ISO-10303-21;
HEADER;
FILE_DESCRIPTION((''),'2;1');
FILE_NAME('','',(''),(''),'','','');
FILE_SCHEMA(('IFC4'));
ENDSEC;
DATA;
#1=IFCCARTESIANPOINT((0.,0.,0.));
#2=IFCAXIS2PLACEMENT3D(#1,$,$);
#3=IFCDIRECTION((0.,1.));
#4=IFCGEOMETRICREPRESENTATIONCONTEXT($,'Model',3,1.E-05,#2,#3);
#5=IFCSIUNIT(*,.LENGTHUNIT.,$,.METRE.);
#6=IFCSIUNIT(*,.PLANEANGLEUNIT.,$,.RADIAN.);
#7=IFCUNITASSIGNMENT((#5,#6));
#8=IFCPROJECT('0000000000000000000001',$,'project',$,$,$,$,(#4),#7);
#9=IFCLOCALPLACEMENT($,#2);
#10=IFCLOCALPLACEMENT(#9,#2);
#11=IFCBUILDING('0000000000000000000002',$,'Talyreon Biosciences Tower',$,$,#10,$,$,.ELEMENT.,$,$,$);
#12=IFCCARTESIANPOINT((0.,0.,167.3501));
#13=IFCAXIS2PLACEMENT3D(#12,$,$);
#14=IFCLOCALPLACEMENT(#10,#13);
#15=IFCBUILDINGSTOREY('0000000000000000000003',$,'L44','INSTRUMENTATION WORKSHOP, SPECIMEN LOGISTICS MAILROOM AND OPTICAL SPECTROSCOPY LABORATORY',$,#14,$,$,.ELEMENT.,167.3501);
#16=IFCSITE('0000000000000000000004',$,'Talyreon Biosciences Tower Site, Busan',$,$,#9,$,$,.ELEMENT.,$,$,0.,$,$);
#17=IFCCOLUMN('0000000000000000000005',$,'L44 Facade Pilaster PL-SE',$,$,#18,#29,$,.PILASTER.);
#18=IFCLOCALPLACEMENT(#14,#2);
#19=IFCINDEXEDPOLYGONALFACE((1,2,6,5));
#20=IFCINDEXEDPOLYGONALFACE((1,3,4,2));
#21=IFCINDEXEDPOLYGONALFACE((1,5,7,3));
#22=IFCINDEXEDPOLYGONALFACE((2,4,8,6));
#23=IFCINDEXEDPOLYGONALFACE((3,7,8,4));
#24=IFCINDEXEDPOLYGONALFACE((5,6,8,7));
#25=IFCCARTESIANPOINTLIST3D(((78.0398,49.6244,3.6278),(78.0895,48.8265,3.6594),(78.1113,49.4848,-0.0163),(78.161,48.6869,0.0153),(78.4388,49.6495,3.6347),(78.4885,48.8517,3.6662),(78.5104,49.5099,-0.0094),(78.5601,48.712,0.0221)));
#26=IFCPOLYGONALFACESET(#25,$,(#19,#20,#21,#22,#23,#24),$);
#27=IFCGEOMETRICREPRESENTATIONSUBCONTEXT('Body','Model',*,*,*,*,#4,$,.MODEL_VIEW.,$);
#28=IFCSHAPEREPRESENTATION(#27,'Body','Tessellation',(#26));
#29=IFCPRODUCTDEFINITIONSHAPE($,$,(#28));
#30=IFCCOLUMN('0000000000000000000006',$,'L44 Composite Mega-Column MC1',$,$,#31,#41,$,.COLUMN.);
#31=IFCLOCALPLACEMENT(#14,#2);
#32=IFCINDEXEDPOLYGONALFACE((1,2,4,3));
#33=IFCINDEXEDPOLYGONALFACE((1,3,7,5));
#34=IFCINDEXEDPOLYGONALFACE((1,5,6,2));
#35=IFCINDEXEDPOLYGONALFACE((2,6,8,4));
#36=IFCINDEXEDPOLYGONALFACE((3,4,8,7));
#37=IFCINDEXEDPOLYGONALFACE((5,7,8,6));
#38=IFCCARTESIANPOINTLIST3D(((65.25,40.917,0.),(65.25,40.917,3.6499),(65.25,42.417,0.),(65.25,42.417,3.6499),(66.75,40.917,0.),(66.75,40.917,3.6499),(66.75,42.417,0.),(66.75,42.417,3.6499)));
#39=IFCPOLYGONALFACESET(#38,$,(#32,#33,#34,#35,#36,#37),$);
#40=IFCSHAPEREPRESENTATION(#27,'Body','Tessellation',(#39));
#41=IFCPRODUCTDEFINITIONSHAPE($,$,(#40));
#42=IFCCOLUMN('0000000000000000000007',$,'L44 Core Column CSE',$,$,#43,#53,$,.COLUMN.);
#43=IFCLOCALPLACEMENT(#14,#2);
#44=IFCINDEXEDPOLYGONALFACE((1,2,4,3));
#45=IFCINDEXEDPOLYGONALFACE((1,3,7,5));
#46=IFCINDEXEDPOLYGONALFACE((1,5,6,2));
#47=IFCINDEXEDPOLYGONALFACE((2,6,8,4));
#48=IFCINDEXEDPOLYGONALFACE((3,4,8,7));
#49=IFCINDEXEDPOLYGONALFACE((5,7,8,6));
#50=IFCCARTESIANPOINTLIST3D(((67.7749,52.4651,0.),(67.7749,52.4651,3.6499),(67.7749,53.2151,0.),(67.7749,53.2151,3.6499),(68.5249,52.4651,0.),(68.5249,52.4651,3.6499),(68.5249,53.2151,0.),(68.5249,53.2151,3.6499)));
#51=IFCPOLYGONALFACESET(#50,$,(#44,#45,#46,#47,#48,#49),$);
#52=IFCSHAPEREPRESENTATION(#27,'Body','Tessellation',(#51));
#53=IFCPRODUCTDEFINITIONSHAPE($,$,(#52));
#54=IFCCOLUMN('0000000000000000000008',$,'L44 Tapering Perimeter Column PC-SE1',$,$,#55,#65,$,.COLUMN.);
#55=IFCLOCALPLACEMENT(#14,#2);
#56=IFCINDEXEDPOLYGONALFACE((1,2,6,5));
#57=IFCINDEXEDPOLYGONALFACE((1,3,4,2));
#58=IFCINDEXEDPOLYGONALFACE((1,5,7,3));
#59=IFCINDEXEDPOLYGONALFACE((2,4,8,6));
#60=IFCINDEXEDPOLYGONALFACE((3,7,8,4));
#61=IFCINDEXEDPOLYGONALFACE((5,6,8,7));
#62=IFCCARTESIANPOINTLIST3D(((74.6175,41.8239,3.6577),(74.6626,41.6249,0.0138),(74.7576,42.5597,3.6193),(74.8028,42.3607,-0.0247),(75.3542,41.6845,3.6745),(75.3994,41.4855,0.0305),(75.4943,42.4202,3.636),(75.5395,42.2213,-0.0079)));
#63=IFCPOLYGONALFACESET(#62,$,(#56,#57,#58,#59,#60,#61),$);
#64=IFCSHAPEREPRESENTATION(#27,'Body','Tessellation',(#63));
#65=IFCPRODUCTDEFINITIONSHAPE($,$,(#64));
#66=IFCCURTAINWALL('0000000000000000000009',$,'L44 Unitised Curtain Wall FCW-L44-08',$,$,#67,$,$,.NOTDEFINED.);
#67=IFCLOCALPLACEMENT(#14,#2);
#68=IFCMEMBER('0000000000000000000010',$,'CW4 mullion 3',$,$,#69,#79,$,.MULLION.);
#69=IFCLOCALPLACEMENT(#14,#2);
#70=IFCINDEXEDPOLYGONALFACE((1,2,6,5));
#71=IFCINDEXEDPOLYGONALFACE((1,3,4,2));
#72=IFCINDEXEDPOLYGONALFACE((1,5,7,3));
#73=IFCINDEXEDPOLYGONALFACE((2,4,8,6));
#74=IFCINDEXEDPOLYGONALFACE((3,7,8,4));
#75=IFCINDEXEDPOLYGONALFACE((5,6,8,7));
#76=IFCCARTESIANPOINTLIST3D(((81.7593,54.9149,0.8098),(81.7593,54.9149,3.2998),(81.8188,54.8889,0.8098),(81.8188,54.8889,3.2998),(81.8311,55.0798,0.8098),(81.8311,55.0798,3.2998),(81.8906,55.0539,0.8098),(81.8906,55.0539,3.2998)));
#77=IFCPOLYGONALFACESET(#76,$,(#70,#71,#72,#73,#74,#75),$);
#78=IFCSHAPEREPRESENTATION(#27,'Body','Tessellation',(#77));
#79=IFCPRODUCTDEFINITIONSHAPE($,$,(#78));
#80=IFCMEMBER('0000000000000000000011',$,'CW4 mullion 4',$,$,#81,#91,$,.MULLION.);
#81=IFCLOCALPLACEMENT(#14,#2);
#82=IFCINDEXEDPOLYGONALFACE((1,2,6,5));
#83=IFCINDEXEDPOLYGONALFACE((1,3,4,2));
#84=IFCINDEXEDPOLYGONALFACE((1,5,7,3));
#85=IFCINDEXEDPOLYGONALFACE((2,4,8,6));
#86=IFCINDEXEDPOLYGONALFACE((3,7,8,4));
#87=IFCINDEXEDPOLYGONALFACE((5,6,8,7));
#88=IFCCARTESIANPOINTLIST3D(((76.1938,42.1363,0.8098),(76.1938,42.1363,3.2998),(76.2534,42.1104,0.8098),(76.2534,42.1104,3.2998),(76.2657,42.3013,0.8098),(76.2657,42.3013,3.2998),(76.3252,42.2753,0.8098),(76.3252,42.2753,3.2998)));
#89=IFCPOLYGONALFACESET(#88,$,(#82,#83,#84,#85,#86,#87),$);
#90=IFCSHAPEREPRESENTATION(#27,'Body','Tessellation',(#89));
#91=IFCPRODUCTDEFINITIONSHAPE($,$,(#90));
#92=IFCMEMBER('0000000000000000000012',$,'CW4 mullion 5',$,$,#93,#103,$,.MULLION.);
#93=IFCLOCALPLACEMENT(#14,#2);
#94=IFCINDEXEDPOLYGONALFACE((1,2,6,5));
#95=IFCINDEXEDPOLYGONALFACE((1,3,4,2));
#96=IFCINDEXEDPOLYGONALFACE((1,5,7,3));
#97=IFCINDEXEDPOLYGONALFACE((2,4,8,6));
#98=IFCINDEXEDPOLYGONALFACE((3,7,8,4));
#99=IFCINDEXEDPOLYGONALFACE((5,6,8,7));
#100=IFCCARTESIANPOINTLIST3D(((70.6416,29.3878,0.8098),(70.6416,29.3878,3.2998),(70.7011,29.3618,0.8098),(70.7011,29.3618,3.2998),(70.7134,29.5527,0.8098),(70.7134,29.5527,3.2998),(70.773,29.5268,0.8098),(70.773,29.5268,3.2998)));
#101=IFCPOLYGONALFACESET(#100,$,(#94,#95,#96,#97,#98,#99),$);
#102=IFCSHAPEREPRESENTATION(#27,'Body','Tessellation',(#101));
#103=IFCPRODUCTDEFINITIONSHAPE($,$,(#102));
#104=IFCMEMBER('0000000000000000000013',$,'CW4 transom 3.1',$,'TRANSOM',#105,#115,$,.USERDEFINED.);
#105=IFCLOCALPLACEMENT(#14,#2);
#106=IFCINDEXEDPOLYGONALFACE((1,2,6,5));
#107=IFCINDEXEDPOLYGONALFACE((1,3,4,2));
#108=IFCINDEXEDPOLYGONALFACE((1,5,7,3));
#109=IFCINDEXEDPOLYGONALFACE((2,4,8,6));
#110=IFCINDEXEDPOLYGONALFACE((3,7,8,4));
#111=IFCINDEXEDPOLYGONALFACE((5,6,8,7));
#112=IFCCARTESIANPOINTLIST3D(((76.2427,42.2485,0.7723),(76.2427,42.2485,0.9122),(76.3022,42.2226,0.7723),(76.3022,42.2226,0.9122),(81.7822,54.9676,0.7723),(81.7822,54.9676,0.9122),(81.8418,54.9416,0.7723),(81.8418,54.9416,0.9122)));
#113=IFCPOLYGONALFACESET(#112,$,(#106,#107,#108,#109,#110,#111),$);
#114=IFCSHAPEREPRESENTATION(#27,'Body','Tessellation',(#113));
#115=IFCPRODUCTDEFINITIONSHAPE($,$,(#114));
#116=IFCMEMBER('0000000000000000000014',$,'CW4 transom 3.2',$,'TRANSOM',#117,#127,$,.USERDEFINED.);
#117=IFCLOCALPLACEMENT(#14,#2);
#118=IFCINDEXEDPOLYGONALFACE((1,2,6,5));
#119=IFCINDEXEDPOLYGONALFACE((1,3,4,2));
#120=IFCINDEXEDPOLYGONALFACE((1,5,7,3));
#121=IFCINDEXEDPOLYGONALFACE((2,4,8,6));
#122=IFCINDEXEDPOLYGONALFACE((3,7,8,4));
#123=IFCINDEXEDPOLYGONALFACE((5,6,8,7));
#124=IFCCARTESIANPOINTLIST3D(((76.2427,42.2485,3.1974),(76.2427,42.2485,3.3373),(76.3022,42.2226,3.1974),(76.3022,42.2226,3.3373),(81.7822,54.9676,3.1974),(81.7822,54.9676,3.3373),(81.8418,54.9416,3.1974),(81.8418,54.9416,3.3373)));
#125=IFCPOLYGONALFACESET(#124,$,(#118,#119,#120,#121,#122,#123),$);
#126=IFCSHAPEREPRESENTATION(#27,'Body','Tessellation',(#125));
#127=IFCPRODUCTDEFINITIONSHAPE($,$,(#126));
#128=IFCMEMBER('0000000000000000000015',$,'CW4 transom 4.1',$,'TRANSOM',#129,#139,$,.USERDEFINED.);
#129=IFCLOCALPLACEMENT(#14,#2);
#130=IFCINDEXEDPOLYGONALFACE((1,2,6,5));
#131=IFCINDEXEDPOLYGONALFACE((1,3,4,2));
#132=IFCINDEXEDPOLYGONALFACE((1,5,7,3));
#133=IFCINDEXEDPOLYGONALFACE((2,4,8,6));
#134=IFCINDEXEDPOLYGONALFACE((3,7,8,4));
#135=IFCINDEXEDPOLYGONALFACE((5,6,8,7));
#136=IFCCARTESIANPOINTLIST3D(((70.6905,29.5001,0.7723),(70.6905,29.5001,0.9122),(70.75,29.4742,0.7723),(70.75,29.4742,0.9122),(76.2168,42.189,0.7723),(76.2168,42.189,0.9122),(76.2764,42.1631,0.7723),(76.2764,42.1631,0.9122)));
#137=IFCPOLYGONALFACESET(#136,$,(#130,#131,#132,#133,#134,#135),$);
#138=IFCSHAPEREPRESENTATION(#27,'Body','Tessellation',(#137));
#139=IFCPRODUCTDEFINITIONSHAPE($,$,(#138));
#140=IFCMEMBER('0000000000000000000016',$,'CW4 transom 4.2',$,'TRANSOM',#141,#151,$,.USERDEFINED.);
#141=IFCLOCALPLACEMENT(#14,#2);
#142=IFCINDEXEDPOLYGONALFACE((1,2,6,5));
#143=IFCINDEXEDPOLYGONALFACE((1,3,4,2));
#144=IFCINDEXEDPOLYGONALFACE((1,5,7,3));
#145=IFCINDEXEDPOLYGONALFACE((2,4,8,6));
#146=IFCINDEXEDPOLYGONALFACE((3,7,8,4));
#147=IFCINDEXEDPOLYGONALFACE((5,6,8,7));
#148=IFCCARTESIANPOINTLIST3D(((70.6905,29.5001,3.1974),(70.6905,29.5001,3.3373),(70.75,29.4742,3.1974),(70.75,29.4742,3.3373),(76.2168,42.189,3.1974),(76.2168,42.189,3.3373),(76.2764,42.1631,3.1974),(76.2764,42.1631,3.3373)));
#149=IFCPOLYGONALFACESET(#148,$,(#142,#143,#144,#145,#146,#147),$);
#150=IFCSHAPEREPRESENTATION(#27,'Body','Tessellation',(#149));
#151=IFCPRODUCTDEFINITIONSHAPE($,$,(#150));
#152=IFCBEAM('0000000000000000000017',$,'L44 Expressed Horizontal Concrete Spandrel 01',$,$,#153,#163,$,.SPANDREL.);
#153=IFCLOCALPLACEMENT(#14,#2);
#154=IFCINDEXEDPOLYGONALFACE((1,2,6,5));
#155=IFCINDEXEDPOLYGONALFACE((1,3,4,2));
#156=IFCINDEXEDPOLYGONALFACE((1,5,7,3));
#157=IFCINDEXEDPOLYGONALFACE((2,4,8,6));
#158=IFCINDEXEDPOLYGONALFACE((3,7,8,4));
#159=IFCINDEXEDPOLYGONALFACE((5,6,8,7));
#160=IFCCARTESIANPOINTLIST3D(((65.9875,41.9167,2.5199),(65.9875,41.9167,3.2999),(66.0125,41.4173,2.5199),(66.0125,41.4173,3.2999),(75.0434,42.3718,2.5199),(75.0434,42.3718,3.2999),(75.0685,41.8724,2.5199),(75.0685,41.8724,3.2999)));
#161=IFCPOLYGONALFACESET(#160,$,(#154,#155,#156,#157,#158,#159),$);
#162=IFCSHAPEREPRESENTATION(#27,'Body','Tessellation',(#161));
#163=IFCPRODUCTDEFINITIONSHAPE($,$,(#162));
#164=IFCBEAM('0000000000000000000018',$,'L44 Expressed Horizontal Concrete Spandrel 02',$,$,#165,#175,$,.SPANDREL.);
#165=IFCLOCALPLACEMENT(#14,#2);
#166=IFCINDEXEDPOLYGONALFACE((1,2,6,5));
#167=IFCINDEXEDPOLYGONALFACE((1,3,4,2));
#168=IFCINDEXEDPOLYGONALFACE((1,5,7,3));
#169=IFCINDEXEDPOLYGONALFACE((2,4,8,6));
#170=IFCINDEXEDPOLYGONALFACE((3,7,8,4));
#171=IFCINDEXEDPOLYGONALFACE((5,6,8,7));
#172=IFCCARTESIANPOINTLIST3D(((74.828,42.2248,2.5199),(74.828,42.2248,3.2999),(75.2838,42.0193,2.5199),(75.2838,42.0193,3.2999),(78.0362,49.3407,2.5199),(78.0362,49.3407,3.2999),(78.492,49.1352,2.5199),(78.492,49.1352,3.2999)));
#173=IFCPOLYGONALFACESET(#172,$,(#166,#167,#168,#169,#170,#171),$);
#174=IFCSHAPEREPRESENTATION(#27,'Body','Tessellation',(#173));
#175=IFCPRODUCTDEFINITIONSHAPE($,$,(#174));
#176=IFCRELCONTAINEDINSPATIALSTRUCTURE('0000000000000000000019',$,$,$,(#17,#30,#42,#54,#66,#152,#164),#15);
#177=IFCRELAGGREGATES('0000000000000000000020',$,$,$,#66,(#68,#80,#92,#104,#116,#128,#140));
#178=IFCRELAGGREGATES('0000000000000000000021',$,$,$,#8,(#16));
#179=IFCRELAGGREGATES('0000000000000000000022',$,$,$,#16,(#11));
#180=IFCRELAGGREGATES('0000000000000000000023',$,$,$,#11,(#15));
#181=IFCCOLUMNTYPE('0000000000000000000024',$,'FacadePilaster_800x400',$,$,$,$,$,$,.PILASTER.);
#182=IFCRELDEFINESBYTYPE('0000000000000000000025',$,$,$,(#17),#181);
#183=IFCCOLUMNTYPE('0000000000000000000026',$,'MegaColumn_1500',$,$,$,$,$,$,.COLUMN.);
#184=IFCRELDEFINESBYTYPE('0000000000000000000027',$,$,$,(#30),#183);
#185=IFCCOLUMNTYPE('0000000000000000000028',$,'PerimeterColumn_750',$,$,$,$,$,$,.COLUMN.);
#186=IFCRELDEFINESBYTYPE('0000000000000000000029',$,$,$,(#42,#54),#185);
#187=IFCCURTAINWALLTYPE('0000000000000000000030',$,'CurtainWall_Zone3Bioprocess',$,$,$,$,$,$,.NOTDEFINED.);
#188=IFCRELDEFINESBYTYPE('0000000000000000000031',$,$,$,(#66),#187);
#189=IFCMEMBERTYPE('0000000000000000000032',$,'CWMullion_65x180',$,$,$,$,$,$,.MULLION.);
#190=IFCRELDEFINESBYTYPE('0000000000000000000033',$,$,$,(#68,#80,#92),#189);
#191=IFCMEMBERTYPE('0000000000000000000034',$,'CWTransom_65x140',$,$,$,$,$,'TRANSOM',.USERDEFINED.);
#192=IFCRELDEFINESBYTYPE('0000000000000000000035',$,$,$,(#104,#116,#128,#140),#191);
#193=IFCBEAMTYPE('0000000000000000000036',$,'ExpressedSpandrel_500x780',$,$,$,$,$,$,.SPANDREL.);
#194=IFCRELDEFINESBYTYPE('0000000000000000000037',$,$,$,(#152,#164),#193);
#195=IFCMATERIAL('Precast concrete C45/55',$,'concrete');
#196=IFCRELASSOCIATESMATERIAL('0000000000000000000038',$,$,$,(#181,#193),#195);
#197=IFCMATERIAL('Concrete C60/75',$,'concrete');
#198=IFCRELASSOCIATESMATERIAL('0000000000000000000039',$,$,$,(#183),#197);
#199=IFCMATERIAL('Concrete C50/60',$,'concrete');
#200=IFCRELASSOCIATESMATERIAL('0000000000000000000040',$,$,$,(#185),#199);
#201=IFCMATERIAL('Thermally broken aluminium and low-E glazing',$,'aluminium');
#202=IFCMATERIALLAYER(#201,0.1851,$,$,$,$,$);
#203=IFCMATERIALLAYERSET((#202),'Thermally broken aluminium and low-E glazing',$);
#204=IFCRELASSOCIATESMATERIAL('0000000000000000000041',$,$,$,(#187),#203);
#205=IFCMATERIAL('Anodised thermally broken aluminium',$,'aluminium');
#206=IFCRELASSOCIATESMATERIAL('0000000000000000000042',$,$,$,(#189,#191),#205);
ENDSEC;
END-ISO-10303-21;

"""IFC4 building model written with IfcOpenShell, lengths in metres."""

from ifc_helpers import new_model, si_unit, direction, frame, origin, origin_2d, place, context, subcontext, project, spatial, rectangle, extrude, material, layer, layer_set, material_profile, profile_set, type_object, element, aggregate, save


model = new_model("IFC4")

# Units and contexts
model_context = context("Model", 3, precision=1e-05, world=origin(), true_north=direction((0.0, 1.0)))
body_context = subcontext(model_context, "Body", "Model", "MODEL_VIEW")
ifc_project = project(units=[si_unit("LENGTHUNIT", "METRE"), si_unit("PLANEANGLEUNIT", "RADIAN")], contexts=[model_context])

# Site, building, storey
site_placement = place(None, origin())
site = spatial("IfcSite", under=ifc_project, at=site_placement, Name="Talyreon Biosciences Tower Site, Busan", CompositionType="ELEMENT", RefElevation=0.0)
building_placement = place(site_placement, origin())
building = spatial("IfcBuilding", under=site, at=building_placement, Name="Talyreon Biosciences Tower", CompositionType="ELEMENT")
storey_placement = place(building_placement, frame((0.0, 0.0, 167.3501)))
storey = spatial("IfcBuildingStorey", under=building, at=storey_placement, Name="L44", Description="INSTRUMENTATION WORKSHOP, SPECIMEN LOGISTICS MAILROOM AND OPTICAL SPECTROSCOPY LABORATORY", CompositionType="ELEMENT", Elevation=167.3501)

# Columns
ifc_material_1 = material(Name="Precast concrete C45/55", Category="concrete")
ifc_material_profile_1 = material_profile(ifc_material_1, rectangle(XDim=0.8, YDim=0.3999, at=origin_2d()), Name="RC 800x400")
ifc_profile_set_1 = profile_set([ifc_material_profile_1], Name="Precast concrete C45/55")
column_type_1 = type_object("IfcColumnType", Name="FacadePilaster_800x400", PredefinedType="PILASTER", material=ifc_profile_set_1)
column_1_placement = place(storey_placement, frame((78.3357, 49.0984, 0.0029), z_axis=(-0.019612, 0.038287, 0.999074), x_axis=(0.062129, -0.997289, 0.039438)))
element("IfcColumn", 1, at=column_1_placement, inside=storey, type_object=column_type_1, Name="L44 Facade Pilaster PL-SE", PredefinedType="PILASTER", context=body_context, shape_type="SweptSolid", body=[
    extrude(rectangle(XDim=0.8, YDim=0.3999, at=origin_2d()), origin(), (0.0, 0.0, 1.0), 3.6475),
])
ifc_material_2 = material(Name="Concrete C60/75", Category="concrete")
ifc_material_profile_2 = material_profile(ifc_material_2, rectangle(XDim=1.5, YDim=1.5, at=origin_2d()), Name="RC 1500x1500")
ifc_profile_set_2 = profile_set([ifc_material_profile_2], Name="Concrete C60/75")
column_type_2 = type_object("IfcColumnType", Name="MegaColumn_1500", PredefinedType="COLUMN", material=ifc_profile_set_2)
column_2_placement = place(storey_placement, frame((66.0, 41.667, 0.0), z_axis=(0.0, 0.0, 1.0), x_axis=(1.0, 0.0, 0.0)))
element("IfcColumn", 2, at=column_2_placement, inside=storey, type_object=column_type_2, Name="L44 Composite Mega-Column MC1", PredefinedType="COLUMN", context=body_context, shape_type="SweptSolid", body=[
    extrude(rectangle(XDim=1.5, YDim=1.5, at=origin_2d()), origin(), (0.0, 0.0, 1.0), 3.6499),
])
ifc_material_3 = material(Name="Concrete C50/60", Category="concrete")
ifc_material_profile_3 = material_profile(ifc_material_3, rectangle(XDim=0.75, YDim=0.75, at=origin_2d()), Name="RC 750x750")
ifc_profile_set_3 = profile_set([ifc_material_profile_3], Name="Concrete C50/60")
column_type_3 = type_object("IfcColumnType", Name="PerimeterColumn_750", PredefinedType="COLUMN", material=ifc_profile_set_3)
column_3_placement = place(storey_placement, frame((68.1499, 52.8401, 0.0), z_axis=(0.0, 0.0, 1.0), x_axis=(1.0, 0.0, 0.0)))
element("IfcColumn", 3, at=column_3_placement, inside=storey, type_object=column_type_3, Name="L44 Core Column CSE", PredefinedType="COLUMN", context=body_context, shape_type="SweptSolid", body=[
    extrude(rectangle(XDim=0.75, YDim=0.75, at=origin_2d()), origin(), (0.0, 0.0, 1.0), 3.6499),
])
column_4_placement = place(storey_placement, frame((75.1011, 41.9231, 0.0029), z_axis=(-0.012375, 0.054517, 0.998436), x_axis=(-0.18684, -0.981052, 0.051252)))
element("IfcColumn", 4, at=column_4_placement, inside=storey, type_object=column_type_3, Name="L44 Tapering Perimeter Column PC-SE1", PredefinedType="COLUMN", context=body_context, shape_type="SweptSolid", body=[
    extrude(rectangle(XDim=0.75, YDim=0.75, at=origin_2d()), origin(), (0.0, 0.0, 1.0), 3.6497),
])

# Curtain wall, members
ifc_material_4 = material(Name="Thermally broken aluminium and low-E glazing", Category="aluminium")
ifc_layer_1 = layer(ifc_material_4, 0.1851)
ifc_layer_set_1 = layer_set([ifc_layer_1], Name="Thermally broken aluminium and low-E glazing")
curtain_wall_type = type_object("IfcCurtainWallType", Name="CurtainWall_Zone3Bioprocess", PredefinedType="NOTDEFINED", material=ifc_layer_set_1)
curtain_wall_placement = place(storey_placement, origin())
curtain_wall = element("IfcCurtainWall", 5, at=curtain_wall_placement, inside=storey, type_object=curtain_wall_type, Name="L44 Unitised Curtain Wall FCW-L44-08", PredefinedType="NOTDEFINED")
ifc_material_5 = material(Name="Anodised thermally broken aluminium", Category="aluminium")
ifc_material_profile_4 = material_profile(ifc_material_5, rectangle(XDim=0.0649, YDim=0.1799, at=origin_2d()), Name="ALUM MULLION 65x180")
ifc_profile_set_4 = profile_set([ifc_material_profile_4], Name="Anodised thermally broken aluminium")
member_type_1 = type_object("IfcMemberType", Name="CWMullion_65x180", PredefinedType="MULLION", material=ifc_profile_set_4)
member_1_placement = place(storey_placement, frame((81.825, 54.9844, 0.8098), z_axis=(0.0, 0.0, 1.0), x_axis=(0.91682, -0.3993, 0.0)))
member_1 = element("IfcMember", 6, at=member_1_placement, type_object=member_type_1, Name="CW4 mullion 3", PredefinedType="MULLION", context=body_context, shape_type="SweptSolid", body=[
    extrude(rectangle(XDim=0.0649, YDim=0.1799, at=origin_2d()), origin(), (0.0, 0.0, 1.0), 2.49),
])
member_2_placement = place(storey_placement, frame((76.2595, 42.2058, 0.8098), z_axis=(0.0, 0.0, 1.0), x_axis=(0.91682, -0.3993, 0.0)))
member_2 = element("IfcMember", 7, at=member_2_placement, type_object=member_type_1, Name="CW4 mullion 4", PredefinedType="MULLION", context=body_context, shape_type="SweptSolid", body=[
    extrude(rectangle(XDim=0.0649, YDim=0.1799, at=origin_2d()), origin(), (0.0, 0.0, 1.0), 2.49),
])
member_3_placement = place(storey_placement, frame((70.7073, 29.4573, 0.8098), z_axis=(0.0, 0.0, 1.0), x_axis=(0.91682, -0.3993, 0.0)))
member_3 = element("IfcMember", 8, at=member_3_placement, type_object=member_type_1, Name="CW4 mullion 5", PredefinedType="MULLION", context=body_context, shape_type="SweptSolid", body=[
    extrude(rectangle(XDim=0.0649, YDim=0.1799, at=origin_2d()), origin(), (0.0, 0.0, 1.0), 2.49),
])
ifc_material_profile_5 = material_profile(ifc_material_5, rectangle(XDim=0.0649, YDim=0.1399, at=origin_2d()), Name="ALUM TRANSOM 65x140")
ifc_profile_set_5 = profile_set([ifc_material_profile_5], Name="Anodised thermally broken aluminium")
member_type_2 = type_object("IfcMemberType", Name="CWTransom_65x140", ElementType="TRANSOM", PredefinedType="USERDEFINED", material=ifc_profile_set_5)
member_4_placement = place(storey_placement, frame((81.812, 54.9546, 0.8423), z_axis=(-0.399305, -0.916818, 0.0), x_axis=(0.916818, -0.399305, 0.0)))
member_4 = element("IfcMember", 9, at=member_4_placement, type_object=member_type_2, Name="CW4 transom 3.1", ObjectType="TRANSOM", PredefinedType="USERDEFINED", context=body_context, shape_type="SweptSolid", body=[
    extrude(rectangle(XDim=0.0649, YDim=0.1399, at=origin_2d()), origin(), (0.0, 0.0, 1.0), 13.873),
])
member_5_placement = place(storey_placement, frame((81.812, 54.9546, 3.2673), z_axis=(-0.399305, -0.916818, 0.0), x_axis=(0.916818, -0.399305, 0.0)))
member_5 = element("IfcMember", 10, at=member_5_placement, type_object=member_type_2, Name="CW4 transom 3.2", ObjectType="TRANSOM", PredefinedType="USERDEFINED", context=body_context, shape_type="SweptSolid", body=[
    extrude(rectangle(XDim=0.0649, YDim=0.1399, at=origin_2d()), origin(), (0.0, 0.0, 1.0), 13.873),
])
member_6_placement = place(storey_placement, frame((76.2466, 42.176, 0.8423), z_axis=(-0.399299, -0.916821, 0.0), x_axis=(0.916821, -0.399299, 0.0)))
member_6 = element("IfcMember", 11, at=member_6_placement, type_object=member_type_2, Name="CW4 transom 4.1", ObjectType="TRANSOM", PredefinedType="USERDEFINED", context=body_context, shape_type="SweptSolid", body=[
    extrude(rectangle(XDim=0.0649, YDim=0.1399, at=origin_2d()), origin(), (0.0, 0.0, 1.0), 13.8401),
])
member_7_placement = place(storey_placement, frame((76.2466, 42.176, 3.2673), z_axis=(-0.399299, -0.916821, 0.0), x_axis=(0.916821, -0.399299, 0.0)))
member_7 = element("IfcMember", 12, at=member_7_placement, type_object=member_type_2, Name="CW4 transom 4.2", ObjectType="TRANSOM", PredefinedType="USERDEFINED", context=body_context, shape_type="SweptSolid", body=[
    extrude(rectangle(XDim=0.0649, YDim=0.1399, at=origin_2d()), origin(), (0.0, 0.0, 1.0), 13.8401),
])

# Beams
ifc_material_profile_6 = material_profile(ifc_material_1, rectangle(XDim=0.5, YDim=0.78, at=origin_2d()), Name="RCB 500x780")
ifc_profile_set_6 = profile_set([ifc_material_profile_6], Name="Precast concrete C45/55")
beam_type_1 = type_object("IfcBeamType", Name="ExpressedSpandrel_500x780", PredefinedType="SPANDREL", material=ifc_profile_set_6)
beam_1_placement = place(storey_placement, frame((66.0, 41.667, 2.9099), z_axis=(0.99874, 0.050189, 0.0), x_axis=(-0.050189, 0.99874, 0.0)))
element("IfcBeam", 13, at=beam_1_placement, inside=storey, type_object=beam_type_1, Name="L44 Expressed Horizontal Concrete Spandrel 01", PredefinedType="SPANDREL", context=body_context, shape_type="SweptSolid", body=[
    extrude(rectangle(XDim=0.5, YDim=0.78, at=origin_2d()), origin(), (0.0, 0.0, 1.0), 9.0674),
])
beam_2_placement = place(storey_placement, frame((75.0559, 42.1221, 2.9099), z_axis=(0.411011, 0.91163, 0.0), x_axis=(-0.91163, 0.411011, 0.0)))
element("IfcBeam", 14, at=beam_2_placement, inside=storey, type_object=beam_type_1, Name="L44 Expressed Horizontal Concrete Spandrel 02", PredefinedType="SPANDREL", context=body_context, shape_type="SweptSolid", body=[
    extrude(rectangle(XDim=0.5, YDim=0.78, at=origin_2d()), origin(), (0.0, 0.0, 1.0), 7.8057),
])

aggregate(curtain_wall, [member_1, member_2, member_3, member_4, member_5, member_6, member_7])

save(model, "model.ifc")
